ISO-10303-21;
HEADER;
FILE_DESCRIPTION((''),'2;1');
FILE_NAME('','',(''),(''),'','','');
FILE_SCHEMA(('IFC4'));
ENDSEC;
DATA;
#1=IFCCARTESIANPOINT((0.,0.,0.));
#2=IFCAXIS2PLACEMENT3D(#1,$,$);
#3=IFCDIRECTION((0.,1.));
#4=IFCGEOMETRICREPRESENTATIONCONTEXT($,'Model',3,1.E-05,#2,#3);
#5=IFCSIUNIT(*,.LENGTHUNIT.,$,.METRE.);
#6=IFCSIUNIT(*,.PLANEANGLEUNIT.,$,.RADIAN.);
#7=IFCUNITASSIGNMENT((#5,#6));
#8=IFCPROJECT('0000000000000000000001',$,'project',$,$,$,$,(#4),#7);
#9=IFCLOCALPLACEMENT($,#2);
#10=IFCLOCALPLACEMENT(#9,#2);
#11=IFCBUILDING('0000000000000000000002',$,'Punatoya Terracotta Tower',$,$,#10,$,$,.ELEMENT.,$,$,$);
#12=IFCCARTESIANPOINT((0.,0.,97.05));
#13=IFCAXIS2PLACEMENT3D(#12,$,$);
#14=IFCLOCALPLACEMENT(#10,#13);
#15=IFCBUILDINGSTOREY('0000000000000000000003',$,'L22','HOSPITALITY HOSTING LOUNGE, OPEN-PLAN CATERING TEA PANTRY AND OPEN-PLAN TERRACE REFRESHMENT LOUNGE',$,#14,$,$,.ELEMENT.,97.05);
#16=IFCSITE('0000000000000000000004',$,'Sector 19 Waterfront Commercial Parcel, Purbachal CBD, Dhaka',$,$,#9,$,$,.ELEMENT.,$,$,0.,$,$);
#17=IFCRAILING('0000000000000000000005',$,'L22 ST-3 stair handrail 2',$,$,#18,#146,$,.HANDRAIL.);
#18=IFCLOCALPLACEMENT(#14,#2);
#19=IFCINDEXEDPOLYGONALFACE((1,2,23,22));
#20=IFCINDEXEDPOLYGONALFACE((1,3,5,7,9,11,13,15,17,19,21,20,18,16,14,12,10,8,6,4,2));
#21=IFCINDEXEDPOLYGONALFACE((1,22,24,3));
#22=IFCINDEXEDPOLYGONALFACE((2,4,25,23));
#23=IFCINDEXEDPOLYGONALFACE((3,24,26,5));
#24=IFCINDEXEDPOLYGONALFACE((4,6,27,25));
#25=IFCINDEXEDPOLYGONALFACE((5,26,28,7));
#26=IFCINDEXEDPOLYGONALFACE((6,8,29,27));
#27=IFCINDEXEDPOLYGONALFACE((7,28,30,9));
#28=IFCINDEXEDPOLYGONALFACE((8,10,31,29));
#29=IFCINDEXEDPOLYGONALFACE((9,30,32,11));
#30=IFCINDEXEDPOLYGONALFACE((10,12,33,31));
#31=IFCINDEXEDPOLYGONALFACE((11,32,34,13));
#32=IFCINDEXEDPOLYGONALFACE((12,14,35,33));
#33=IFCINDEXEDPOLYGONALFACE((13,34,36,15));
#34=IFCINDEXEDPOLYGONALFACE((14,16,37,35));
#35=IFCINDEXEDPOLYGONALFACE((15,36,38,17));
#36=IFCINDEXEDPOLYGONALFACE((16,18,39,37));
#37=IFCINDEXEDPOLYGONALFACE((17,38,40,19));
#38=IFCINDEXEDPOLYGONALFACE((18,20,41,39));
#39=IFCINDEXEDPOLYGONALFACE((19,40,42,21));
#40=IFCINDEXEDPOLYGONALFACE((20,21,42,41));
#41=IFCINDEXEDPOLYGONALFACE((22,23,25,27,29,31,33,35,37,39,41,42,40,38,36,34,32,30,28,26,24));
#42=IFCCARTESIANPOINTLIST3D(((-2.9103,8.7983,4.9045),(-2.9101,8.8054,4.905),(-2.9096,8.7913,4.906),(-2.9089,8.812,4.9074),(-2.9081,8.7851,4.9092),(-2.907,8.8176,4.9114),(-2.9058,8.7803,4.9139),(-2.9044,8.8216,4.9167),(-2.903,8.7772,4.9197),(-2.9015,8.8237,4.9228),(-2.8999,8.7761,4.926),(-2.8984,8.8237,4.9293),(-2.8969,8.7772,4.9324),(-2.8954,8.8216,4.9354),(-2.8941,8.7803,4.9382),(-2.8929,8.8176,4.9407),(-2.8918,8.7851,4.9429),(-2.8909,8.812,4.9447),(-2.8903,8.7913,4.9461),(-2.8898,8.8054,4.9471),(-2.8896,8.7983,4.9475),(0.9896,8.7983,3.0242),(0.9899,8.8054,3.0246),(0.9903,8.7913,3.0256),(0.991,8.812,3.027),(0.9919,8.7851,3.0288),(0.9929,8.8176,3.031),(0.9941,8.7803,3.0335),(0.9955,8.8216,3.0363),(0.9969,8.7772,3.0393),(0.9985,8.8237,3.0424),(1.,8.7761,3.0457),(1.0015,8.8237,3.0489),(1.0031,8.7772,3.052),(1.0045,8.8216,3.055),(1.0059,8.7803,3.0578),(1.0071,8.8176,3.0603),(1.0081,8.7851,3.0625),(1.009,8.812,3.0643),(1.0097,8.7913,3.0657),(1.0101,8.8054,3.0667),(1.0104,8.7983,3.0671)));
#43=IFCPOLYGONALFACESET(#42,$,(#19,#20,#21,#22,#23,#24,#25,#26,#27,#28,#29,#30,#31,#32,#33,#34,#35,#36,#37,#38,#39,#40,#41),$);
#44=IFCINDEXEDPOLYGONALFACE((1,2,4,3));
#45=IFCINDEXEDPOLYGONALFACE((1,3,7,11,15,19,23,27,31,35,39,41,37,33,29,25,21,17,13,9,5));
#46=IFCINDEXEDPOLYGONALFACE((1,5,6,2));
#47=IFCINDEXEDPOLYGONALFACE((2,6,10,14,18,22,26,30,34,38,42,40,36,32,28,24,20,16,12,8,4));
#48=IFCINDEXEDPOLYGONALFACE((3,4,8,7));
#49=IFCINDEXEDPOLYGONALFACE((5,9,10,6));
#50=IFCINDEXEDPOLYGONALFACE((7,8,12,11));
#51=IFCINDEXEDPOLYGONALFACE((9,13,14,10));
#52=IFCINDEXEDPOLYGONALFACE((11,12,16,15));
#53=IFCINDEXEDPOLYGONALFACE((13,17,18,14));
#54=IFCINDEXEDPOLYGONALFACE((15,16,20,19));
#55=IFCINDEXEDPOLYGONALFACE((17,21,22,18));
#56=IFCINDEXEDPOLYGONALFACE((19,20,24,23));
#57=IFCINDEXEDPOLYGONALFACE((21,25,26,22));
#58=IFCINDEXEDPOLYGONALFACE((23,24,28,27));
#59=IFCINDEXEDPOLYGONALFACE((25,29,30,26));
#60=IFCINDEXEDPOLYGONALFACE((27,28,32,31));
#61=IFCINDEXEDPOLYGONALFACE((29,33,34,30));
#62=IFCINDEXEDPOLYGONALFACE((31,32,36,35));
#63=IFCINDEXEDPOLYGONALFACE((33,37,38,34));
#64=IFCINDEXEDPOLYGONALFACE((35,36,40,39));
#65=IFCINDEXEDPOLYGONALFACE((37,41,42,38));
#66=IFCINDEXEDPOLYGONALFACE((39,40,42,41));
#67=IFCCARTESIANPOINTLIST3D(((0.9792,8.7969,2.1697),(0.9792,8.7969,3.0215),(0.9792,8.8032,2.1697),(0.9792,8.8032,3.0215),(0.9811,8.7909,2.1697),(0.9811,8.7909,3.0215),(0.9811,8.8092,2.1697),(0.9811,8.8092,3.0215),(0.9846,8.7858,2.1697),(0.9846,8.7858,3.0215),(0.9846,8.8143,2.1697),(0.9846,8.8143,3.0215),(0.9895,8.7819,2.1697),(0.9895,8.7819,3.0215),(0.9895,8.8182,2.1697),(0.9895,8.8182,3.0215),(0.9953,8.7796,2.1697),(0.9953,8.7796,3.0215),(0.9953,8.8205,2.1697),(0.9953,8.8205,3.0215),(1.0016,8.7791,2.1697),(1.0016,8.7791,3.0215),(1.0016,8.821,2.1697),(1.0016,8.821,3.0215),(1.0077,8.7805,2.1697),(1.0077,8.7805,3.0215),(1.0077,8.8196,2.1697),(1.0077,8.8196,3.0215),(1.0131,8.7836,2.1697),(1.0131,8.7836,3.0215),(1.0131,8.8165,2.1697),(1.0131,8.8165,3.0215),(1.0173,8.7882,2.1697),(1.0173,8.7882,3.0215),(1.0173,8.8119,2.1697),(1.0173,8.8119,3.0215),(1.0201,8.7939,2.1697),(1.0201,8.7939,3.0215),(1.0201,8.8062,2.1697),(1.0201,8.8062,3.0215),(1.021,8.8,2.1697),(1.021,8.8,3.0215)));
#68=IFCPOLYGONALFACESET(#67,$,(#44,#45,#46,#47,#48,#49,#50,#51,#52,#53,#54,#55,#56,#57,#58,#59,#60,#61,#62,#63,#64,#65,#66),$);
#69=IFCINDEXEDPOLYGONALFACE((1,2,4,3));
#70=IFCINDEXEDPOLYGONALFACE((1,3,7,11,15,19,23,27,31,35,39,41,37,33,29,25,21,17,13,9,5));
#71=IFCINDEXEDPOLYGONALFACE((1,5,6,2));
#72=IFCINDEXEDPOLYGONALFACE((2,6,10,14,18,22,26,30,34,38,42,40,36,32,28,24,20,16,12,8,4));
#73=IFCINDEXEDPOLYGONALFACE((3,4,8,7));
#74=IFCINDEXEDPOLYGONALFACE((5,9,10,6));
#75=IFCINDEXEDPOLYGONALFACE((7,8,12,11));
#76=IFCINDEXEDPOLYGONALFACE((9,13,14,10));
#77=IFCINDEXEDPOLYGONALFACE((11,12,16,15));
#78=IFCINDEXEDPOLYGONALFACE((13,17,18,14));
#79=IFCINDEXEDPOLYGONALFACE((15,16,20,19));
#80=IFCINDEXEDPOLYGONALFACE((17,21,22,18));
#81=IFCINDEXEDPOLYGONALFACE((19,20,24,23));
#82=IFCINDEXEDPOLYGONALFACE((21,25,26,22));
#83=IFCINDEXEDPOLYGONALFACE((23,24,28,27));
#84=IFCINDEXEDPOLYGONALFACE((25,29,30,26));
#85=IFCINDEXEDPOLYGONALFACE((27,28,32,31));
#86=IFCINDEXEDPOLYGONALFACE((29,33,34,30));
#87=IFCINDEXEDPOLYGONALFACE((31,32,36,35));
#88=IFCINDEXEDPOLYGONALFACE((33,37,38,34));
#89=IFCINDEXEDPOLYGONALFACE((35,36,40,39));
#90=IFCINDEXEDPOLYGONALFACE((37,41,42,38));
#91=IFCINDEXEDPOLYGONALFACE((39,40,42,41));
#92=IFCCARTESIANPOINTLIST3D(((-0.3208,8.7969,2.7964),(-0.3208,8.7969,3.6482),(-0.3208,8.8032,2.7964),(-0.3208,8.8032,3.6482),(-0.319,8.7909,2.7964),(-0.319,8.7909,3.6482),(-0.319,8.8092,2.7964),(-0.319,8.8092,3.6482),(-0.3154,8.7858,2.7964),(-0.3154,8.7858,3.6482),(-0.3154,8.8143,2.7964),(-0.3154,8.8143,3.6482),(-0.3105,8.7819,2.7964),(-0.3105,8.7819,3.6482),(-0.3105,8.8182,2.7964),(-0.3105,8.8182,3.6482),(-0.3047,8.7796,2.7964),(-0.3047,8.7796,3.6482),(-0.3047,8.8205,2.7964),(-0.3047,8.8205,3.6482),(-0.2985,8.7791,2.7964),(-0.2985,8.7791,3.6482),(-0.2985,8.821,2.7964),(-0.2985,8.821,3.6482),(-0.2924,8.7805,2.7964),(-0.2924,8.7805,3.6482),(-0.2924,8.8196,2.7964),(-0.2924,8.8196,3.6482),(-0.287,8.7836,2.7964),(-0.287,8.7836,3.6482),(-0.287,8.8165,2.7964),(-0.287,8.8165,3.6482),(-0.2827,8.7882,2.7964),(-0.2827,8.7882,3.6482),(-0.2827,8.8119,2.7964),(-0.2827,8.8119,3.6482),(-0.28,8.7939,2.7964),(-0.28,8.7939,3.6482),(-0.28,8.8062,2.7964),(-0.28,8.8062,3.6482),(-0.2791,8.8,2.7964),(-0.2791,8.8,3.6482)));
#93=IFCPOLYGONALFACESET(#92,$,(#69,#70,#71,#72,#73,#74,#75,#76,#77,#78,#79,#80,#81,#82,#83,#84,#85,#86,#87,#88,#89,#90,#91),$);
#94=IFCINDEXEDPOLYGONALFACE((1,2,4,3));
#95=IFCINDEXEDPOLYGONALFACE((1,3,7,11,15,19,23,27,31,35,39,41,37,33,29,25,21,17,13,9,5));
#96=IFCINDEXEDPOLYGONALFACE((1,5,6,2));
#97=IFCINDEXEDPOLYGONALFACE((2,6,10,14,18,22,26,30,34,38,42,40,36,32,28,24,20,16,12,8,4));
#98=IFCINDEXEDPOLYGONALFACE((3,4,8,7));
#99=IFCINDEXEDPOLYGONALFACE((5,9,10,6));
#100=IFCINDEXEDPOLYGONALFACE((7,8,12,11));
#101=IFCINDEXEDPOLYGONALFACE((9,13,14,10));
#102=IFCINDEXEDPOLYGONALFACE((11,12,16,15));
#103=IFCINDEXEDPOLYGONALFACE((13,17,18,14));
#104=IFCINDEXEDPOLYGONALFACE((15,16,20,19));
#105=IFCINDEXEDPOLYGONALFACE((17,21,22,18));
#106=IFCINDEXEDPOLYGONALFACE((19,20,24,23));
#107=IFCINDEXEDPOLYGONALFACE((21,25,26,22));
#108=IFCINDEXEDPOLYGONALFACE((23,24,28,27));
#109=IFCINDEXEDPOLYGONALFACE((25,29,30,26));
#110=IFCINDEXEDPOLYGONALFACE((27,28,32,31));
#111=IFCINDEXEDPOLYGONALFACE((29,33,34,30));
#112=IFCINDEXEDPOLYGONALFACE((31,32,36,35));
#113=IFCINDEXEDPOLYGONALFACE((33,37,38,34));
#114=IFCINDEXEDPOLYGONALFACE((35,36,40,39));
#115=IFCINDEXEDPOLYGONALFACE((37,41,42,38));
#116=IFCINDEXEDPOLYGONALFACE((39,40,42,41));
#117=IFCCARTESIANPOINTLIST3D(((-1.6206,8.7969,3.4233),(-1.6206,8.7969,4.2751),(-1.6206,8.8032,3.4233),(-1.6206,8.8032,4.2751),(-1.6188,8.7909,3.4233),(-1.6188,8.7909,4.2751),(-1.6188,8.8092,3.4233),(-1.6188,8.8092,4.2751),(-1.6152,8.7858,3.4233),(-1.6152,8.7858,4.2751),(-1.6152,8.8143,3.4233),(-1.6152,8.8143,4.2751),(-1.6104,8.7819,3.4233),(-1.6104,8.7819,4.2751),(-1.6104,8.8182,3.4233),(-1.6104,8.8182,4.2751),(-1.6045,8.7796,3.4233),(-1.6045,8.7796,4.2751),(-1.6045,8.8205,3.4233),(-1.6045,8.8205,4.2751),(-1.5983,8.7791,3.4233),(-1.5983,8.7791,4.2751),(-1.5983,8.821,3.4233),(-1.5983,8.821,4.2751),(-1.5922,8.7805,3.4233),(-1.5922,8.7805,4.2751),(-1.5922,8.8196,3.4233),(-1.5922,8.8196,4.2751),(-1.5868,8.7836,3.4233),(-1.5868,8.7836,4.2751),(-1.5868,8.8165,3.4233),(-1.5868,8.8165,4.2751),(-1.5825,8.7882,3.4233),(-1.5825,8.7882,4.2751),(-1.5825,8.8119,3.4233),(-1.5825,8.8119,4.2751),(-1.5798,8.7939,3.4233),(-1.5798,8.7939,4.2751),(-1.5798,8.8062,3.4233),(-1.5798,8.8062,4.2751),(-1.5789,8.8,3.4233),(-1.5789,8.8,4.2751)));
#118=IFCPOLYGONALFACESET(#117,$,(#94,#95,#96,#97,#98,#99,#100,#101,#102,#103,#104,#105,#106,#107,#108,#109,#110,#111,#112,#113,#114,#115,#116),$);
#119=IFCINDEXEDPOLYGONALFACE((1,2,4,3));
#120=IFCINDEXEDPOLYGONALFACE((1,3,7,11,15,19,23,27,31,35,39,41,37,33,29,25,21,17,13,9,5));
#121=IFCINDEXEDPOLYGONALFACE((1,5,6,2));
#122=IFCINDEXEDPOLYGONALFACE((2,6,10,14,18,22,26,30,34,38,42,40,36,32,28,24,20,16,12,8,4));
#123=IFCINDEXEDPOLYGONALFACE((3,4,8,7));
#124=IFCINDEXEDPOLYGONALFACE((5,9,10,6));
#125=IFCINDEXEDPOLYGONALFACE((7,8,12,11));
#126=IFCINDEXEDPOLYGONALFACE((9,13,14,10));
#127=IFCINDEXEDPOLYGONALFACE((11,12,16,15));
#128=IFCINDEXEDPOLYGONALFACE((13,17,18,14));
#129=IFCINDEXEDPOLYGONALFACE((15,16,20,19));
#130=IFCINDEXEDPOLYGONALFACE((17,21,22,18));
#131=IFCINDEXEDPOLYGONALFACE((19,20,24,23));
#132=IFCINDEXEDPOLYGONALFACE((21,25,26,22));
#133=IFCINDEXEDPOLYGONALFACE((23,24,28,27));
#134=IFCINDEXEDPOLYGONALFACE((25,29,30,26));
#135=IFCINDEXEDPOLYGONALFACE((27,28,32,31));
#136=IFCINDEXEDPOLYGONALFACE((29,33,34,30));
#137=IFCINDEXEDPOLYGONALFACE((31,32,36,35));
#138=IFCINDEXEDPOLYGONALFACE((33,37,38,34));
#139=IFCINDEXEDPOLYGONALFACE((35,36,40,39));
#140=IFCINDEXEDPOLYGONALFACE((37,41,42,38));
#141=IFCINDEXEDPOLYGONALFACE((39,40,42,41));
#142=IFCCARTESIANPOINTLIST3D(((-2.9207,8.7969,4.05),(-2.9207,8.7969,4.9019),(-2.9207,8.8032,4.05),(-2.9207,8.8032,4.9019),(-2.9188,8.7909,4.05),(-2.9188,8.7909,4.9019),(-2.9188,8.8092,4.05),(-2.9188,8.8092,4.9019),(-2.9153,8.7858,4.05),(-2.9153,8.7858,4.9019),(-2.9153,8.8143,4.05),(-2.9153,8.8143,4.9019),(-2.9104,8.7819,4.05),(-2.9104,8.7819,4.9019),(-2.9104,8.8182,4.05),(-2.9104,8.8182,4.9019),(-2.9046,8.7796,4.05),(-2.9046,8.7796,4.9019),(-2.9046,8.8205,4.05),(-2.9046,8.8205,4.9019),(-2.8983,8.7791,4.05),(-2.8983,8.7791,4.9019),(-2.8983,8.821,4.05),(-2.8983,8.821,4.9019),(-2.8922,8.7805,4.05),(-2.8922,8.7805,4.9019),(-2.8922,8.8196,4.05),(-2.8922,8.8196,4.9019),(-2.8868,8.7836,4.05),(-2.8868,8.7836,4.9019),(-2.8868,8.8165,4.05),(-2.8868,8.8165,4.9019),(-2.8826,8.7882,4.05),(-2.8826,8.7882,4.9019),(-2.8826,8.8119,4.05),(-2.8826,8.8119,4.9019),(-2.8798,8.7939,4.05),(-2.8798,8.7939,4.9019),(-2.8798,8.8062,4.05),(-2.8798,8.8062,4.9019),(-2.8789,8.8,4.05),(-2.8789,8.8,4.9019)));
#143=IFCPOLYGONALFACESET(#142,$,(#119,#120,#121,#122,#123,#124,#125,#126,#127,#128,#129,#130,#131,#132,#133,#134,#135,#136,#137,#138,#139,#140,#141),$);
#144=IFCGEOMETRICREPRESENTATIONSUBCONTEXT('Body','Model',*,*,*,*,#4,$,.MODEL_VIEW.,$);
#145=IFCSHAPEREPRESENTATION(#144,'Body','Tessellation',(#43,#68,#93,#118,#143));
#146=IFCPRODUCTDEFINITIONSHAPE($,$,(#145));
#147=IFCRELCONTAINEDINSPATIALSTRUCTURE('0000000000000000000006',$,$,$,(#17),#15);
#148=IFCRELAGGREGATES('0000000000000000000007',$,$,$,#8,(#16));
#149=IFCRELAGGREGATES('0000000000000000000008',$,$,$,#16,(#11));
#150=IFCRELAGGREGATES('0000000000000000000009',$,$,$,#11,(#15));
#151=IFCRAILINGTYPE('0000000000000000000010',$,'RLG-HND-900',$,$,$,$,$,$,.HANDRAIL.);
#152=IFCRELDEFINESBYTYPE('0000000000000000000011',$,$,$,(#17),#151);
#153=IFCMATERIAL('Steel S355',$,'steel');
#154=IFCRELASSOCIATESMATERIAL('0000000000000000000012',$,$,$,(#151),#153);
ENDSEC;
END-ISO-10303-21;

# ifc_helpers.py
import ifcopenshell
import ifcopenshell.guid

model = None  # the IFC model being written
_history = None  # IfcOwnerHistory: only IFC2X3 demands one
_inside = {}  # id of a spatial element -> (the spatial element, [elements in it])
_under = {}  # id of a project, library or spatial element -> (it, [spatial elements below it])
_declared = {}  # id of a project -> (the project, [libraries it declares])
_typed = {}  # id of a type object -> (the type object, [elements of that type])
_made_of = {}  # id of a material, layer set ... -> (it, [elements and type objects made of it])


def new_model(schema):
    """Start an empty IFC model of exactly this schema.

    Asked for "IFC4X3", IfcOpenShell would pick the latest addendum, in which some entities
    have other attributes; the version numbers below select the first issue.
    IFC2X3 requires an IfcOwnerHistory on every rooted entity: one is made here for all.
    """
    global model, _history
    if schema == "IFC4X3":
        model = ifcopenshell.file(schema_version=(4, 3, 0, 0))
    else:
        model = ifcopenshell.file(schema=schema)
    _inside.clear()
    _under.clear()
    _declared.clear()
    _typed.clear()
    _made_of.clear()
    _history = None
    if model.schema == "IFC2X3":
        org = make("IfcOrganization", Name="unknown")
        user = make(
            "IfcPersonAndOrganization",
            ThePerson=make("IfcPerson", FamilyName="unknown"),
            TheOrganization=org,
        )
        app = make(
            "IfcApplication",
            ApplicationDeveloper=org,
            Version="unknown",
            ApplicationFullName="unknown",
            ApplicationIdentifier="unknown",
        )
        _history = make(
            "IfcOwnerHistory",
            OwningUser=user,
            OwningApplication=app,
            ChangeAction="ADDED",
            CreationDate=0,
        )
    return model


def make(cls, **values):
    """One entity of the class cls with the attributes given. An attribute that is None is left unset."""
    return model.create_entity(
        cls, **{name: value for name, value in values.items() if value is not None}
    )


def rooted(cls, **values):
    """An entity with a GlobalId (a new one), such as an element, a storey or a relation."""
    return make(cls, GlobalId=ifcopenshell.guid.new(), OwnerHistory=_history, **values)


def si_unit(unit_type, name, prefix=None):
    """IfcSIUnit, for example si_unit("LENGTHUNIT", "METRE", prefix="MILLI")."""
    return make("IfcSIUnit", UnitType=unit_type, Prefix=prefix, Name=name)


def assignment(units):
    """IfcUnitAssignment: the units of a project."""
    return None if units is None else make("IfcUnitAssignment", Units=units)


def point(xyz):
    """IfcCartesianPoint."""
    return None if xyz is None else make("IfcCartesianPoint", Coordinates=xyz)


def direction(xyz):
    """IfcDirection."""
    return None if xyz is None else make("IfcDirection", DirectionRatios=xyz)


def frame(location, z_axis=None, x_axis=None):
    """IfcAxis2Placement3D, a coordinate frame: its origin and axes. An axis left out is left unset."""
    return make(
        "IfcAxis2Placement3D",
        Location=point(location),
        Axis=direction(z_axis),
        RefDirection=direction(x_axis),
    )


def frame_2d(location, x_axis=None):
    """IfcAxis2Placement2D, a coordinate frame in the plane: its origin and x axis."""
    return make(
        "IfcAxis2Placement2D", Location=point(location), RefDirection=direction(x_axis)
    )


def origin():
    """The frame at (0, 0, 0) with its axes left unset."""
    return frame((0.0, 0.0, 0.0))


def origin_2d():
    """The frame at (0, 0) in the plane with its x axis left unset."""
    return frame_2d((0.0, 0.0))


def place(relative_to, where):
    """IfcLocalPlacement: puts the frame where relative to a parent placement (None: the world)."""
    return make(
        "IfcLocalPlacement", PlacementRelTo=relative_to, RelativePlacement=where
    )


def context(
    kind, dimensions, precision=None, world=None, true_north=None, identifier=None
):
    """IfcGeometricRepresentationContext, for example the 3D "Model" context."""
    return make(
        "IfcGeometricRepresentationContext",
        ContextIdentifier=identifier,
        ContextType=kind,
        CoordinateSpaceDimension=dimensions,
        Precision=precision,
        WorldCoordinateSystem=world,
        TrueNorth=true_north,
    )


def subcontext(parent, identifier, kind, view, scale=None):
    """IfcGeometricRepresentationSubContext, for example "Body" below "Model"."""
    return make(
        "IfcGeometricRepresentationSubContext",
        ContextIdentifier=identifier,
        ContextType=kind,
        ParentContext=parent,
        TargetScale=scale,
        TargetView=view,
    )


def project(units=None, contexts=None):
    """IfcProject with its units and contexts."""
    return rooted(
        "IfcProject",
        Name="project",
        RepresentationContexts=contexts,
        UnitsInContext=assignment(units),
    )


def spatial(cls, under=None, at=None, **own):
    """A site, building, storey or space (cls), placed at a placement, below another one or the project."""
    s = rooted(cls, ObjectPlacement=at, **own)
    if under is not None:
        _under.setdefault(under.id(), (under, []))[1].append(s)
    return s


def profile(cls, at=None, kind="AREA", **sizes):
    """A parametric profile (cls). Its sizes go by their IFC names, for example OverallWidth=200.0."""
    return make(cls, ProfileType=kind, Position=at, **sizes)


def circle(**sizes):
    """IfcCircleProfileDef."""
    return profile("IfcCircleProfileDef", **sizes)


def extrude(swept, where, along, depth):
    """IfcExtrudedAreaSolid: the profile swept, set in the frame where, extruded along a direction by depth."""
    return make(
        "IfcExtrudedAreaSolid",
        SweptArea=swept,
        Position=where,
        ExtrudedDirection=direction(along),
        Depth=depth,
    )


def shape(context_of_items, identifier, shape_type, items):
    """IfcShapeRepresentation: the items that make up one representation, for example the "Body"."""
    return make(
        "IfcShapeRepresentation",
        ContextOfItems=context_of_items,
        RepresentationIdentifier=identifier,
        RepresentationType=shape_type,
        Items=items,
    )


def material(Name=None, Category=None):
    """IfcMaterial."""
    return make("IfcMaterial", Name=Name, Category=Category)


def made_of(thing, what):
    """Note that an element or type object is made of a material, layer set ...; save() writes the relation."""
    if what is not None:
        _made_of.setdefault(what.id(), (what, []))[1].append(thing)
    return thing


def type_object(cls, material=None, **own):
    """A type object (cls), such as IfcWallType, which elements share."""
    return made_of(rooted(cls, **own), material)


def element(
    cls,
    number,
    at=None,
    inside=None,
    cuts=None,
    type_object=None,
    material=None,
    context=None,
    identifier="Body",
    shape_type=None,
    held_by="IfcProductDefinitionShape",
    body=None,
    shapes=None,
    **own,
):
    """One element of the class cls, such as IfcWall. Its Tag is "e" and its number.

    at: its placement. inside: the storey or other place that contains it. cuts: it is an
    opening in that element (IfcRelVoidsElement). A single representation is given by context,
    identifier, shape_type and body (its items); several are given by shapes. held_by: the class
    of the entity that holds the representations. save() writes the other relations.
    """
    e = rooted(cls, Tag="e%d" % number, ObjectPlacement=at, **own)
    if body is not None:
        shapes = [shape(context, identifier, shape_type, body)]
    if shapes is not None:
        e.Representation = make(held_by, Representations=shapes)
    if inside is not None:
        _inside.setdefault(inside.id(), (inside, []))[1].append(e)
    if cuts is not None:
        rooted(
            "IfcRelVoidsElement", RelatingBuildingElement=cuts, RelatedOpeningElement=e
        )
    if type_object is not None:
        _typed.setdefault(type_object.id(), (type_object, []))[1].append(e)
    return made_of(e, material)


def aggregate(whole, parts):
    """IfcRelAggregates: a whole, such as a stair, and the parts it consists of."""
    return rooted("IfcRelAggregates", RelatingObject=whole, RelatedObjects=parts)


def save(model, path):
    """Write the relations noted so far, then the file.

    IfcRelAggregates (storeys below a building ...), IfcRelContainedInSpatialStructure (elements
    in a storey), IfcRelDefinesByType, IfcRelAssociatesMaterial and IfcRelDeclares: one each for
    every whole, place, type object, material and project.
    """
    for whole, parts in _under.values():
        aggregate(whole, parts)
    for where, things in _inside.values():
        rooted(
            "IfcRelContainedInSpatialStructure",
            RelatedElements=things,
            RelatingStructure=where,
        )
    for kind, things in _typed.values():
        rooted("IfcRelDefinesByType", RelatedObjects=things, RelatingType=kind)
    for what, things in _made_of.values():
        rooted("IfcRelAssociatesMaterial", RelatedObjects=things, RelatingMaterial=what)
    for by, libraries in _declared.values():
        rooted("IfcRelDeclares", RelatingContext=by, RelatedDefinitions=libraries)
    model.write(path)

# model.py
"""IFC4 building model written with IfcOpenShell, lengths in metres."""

from ifc_helpers import new_model, si_unit, direction, frame, origin, origin_2d, place, context, subcontext, project, spatial, circle, extrude, material, type_object, element, save


model = new_model("IFC4")

# Units and contexts
model_context = context("Model", 3, precision=1e-05, world=origin(), true_north=direction((0.0, 1.0)))
body_context = subcontext(model_context, "Body", "Model", "MODEL_VIEW")
ifc_project = project(units=[si_unit("LENGTHUNIT", "METRE"), si_unit("PLANEANGLEUNIT", "RADIAN")], contexts=[model_context])

# Site, building, storey
site_placement = place(None, origin())
site = spatial("IfcSite", under=ifc_project, at=site_placement, Name="Sector 19 Waterfront Commercial Parcel, Purbachal CBD, Dhaka", CompositionType="ELEMENT", RefElevation=0.0)
building_placement = place(site_placement, origin())
building = spatial("IfcBuilding", under=site, at=building_placement, Name="Punatoya Terracotta Tower", CompositionType="ELEMENT")
storey_placement = place(building_placement, frame((0.0, 0.0, 97.05)))
storey = spatial("IfcBuildingStorey", under=building, at=storey_placement, Name="L22", Description="HOSPITALITY HOSTING LOUNGE, OPEN-PLAN CATERING TEA PANTRY AND OPEN-PLAN TERRACE REFRESHMENT LOUNGE", CompositionType="ELEMENT", Elevation=97.05)

# Shared definitions
ifc_material_1 = material(Name="Steel S355", Category="steel")

# Railing
railing_type_1 = type_object("IfcRailingType", Name="RLG-HND-900", PredefinedType="HANDRAIL", material=ifc_material_1)
railing_1_placement = place(storey_placement, frame((1.0, 8.8, 2.1697)))
element("IfcRailing", 1, at=railing_1_placement, inside=storey, type_object=railing_type_1, Name="L22 ST-3 stair handrail 2", PredefinedType="HANDRAIL", context=body_context, shape_type="SweptSolid", body=[
    extrude(circle(Radius=0.0239, at=origin_2d()), frame((0.0, 0.0, 0.876), z_axis=(-0.900763, 0.0, 0.434311), x_axis=(0.0, -1.0, 0.0)), (0.0, 0.0, 1.0), 4.3296),
    extrude(circle(Radius=0.021, at=origin_2d()), origin(), (0.0, 0.0, 1.0), 0.8518),
    extrude(circle(Radius=0.021, at=origin_2d()), frame((-1.3, 0.0, 0.6267)), (0.0, 0.0, 1.0), 0.8518),
    extrude(circle(Radius=0.021, at=origin_2d()), frame((-2.5999, 0.0, 1.2537)), (0.0, 0.0, 1.0), 0.8518),
    extrude(circle(Radius=0.021, at=origin_2d()), frame((-3.8999, 0.0, 1.8804)), (0.0, 0.0, 1.0), 0.8518),
])

save(model, "model.ifc")
